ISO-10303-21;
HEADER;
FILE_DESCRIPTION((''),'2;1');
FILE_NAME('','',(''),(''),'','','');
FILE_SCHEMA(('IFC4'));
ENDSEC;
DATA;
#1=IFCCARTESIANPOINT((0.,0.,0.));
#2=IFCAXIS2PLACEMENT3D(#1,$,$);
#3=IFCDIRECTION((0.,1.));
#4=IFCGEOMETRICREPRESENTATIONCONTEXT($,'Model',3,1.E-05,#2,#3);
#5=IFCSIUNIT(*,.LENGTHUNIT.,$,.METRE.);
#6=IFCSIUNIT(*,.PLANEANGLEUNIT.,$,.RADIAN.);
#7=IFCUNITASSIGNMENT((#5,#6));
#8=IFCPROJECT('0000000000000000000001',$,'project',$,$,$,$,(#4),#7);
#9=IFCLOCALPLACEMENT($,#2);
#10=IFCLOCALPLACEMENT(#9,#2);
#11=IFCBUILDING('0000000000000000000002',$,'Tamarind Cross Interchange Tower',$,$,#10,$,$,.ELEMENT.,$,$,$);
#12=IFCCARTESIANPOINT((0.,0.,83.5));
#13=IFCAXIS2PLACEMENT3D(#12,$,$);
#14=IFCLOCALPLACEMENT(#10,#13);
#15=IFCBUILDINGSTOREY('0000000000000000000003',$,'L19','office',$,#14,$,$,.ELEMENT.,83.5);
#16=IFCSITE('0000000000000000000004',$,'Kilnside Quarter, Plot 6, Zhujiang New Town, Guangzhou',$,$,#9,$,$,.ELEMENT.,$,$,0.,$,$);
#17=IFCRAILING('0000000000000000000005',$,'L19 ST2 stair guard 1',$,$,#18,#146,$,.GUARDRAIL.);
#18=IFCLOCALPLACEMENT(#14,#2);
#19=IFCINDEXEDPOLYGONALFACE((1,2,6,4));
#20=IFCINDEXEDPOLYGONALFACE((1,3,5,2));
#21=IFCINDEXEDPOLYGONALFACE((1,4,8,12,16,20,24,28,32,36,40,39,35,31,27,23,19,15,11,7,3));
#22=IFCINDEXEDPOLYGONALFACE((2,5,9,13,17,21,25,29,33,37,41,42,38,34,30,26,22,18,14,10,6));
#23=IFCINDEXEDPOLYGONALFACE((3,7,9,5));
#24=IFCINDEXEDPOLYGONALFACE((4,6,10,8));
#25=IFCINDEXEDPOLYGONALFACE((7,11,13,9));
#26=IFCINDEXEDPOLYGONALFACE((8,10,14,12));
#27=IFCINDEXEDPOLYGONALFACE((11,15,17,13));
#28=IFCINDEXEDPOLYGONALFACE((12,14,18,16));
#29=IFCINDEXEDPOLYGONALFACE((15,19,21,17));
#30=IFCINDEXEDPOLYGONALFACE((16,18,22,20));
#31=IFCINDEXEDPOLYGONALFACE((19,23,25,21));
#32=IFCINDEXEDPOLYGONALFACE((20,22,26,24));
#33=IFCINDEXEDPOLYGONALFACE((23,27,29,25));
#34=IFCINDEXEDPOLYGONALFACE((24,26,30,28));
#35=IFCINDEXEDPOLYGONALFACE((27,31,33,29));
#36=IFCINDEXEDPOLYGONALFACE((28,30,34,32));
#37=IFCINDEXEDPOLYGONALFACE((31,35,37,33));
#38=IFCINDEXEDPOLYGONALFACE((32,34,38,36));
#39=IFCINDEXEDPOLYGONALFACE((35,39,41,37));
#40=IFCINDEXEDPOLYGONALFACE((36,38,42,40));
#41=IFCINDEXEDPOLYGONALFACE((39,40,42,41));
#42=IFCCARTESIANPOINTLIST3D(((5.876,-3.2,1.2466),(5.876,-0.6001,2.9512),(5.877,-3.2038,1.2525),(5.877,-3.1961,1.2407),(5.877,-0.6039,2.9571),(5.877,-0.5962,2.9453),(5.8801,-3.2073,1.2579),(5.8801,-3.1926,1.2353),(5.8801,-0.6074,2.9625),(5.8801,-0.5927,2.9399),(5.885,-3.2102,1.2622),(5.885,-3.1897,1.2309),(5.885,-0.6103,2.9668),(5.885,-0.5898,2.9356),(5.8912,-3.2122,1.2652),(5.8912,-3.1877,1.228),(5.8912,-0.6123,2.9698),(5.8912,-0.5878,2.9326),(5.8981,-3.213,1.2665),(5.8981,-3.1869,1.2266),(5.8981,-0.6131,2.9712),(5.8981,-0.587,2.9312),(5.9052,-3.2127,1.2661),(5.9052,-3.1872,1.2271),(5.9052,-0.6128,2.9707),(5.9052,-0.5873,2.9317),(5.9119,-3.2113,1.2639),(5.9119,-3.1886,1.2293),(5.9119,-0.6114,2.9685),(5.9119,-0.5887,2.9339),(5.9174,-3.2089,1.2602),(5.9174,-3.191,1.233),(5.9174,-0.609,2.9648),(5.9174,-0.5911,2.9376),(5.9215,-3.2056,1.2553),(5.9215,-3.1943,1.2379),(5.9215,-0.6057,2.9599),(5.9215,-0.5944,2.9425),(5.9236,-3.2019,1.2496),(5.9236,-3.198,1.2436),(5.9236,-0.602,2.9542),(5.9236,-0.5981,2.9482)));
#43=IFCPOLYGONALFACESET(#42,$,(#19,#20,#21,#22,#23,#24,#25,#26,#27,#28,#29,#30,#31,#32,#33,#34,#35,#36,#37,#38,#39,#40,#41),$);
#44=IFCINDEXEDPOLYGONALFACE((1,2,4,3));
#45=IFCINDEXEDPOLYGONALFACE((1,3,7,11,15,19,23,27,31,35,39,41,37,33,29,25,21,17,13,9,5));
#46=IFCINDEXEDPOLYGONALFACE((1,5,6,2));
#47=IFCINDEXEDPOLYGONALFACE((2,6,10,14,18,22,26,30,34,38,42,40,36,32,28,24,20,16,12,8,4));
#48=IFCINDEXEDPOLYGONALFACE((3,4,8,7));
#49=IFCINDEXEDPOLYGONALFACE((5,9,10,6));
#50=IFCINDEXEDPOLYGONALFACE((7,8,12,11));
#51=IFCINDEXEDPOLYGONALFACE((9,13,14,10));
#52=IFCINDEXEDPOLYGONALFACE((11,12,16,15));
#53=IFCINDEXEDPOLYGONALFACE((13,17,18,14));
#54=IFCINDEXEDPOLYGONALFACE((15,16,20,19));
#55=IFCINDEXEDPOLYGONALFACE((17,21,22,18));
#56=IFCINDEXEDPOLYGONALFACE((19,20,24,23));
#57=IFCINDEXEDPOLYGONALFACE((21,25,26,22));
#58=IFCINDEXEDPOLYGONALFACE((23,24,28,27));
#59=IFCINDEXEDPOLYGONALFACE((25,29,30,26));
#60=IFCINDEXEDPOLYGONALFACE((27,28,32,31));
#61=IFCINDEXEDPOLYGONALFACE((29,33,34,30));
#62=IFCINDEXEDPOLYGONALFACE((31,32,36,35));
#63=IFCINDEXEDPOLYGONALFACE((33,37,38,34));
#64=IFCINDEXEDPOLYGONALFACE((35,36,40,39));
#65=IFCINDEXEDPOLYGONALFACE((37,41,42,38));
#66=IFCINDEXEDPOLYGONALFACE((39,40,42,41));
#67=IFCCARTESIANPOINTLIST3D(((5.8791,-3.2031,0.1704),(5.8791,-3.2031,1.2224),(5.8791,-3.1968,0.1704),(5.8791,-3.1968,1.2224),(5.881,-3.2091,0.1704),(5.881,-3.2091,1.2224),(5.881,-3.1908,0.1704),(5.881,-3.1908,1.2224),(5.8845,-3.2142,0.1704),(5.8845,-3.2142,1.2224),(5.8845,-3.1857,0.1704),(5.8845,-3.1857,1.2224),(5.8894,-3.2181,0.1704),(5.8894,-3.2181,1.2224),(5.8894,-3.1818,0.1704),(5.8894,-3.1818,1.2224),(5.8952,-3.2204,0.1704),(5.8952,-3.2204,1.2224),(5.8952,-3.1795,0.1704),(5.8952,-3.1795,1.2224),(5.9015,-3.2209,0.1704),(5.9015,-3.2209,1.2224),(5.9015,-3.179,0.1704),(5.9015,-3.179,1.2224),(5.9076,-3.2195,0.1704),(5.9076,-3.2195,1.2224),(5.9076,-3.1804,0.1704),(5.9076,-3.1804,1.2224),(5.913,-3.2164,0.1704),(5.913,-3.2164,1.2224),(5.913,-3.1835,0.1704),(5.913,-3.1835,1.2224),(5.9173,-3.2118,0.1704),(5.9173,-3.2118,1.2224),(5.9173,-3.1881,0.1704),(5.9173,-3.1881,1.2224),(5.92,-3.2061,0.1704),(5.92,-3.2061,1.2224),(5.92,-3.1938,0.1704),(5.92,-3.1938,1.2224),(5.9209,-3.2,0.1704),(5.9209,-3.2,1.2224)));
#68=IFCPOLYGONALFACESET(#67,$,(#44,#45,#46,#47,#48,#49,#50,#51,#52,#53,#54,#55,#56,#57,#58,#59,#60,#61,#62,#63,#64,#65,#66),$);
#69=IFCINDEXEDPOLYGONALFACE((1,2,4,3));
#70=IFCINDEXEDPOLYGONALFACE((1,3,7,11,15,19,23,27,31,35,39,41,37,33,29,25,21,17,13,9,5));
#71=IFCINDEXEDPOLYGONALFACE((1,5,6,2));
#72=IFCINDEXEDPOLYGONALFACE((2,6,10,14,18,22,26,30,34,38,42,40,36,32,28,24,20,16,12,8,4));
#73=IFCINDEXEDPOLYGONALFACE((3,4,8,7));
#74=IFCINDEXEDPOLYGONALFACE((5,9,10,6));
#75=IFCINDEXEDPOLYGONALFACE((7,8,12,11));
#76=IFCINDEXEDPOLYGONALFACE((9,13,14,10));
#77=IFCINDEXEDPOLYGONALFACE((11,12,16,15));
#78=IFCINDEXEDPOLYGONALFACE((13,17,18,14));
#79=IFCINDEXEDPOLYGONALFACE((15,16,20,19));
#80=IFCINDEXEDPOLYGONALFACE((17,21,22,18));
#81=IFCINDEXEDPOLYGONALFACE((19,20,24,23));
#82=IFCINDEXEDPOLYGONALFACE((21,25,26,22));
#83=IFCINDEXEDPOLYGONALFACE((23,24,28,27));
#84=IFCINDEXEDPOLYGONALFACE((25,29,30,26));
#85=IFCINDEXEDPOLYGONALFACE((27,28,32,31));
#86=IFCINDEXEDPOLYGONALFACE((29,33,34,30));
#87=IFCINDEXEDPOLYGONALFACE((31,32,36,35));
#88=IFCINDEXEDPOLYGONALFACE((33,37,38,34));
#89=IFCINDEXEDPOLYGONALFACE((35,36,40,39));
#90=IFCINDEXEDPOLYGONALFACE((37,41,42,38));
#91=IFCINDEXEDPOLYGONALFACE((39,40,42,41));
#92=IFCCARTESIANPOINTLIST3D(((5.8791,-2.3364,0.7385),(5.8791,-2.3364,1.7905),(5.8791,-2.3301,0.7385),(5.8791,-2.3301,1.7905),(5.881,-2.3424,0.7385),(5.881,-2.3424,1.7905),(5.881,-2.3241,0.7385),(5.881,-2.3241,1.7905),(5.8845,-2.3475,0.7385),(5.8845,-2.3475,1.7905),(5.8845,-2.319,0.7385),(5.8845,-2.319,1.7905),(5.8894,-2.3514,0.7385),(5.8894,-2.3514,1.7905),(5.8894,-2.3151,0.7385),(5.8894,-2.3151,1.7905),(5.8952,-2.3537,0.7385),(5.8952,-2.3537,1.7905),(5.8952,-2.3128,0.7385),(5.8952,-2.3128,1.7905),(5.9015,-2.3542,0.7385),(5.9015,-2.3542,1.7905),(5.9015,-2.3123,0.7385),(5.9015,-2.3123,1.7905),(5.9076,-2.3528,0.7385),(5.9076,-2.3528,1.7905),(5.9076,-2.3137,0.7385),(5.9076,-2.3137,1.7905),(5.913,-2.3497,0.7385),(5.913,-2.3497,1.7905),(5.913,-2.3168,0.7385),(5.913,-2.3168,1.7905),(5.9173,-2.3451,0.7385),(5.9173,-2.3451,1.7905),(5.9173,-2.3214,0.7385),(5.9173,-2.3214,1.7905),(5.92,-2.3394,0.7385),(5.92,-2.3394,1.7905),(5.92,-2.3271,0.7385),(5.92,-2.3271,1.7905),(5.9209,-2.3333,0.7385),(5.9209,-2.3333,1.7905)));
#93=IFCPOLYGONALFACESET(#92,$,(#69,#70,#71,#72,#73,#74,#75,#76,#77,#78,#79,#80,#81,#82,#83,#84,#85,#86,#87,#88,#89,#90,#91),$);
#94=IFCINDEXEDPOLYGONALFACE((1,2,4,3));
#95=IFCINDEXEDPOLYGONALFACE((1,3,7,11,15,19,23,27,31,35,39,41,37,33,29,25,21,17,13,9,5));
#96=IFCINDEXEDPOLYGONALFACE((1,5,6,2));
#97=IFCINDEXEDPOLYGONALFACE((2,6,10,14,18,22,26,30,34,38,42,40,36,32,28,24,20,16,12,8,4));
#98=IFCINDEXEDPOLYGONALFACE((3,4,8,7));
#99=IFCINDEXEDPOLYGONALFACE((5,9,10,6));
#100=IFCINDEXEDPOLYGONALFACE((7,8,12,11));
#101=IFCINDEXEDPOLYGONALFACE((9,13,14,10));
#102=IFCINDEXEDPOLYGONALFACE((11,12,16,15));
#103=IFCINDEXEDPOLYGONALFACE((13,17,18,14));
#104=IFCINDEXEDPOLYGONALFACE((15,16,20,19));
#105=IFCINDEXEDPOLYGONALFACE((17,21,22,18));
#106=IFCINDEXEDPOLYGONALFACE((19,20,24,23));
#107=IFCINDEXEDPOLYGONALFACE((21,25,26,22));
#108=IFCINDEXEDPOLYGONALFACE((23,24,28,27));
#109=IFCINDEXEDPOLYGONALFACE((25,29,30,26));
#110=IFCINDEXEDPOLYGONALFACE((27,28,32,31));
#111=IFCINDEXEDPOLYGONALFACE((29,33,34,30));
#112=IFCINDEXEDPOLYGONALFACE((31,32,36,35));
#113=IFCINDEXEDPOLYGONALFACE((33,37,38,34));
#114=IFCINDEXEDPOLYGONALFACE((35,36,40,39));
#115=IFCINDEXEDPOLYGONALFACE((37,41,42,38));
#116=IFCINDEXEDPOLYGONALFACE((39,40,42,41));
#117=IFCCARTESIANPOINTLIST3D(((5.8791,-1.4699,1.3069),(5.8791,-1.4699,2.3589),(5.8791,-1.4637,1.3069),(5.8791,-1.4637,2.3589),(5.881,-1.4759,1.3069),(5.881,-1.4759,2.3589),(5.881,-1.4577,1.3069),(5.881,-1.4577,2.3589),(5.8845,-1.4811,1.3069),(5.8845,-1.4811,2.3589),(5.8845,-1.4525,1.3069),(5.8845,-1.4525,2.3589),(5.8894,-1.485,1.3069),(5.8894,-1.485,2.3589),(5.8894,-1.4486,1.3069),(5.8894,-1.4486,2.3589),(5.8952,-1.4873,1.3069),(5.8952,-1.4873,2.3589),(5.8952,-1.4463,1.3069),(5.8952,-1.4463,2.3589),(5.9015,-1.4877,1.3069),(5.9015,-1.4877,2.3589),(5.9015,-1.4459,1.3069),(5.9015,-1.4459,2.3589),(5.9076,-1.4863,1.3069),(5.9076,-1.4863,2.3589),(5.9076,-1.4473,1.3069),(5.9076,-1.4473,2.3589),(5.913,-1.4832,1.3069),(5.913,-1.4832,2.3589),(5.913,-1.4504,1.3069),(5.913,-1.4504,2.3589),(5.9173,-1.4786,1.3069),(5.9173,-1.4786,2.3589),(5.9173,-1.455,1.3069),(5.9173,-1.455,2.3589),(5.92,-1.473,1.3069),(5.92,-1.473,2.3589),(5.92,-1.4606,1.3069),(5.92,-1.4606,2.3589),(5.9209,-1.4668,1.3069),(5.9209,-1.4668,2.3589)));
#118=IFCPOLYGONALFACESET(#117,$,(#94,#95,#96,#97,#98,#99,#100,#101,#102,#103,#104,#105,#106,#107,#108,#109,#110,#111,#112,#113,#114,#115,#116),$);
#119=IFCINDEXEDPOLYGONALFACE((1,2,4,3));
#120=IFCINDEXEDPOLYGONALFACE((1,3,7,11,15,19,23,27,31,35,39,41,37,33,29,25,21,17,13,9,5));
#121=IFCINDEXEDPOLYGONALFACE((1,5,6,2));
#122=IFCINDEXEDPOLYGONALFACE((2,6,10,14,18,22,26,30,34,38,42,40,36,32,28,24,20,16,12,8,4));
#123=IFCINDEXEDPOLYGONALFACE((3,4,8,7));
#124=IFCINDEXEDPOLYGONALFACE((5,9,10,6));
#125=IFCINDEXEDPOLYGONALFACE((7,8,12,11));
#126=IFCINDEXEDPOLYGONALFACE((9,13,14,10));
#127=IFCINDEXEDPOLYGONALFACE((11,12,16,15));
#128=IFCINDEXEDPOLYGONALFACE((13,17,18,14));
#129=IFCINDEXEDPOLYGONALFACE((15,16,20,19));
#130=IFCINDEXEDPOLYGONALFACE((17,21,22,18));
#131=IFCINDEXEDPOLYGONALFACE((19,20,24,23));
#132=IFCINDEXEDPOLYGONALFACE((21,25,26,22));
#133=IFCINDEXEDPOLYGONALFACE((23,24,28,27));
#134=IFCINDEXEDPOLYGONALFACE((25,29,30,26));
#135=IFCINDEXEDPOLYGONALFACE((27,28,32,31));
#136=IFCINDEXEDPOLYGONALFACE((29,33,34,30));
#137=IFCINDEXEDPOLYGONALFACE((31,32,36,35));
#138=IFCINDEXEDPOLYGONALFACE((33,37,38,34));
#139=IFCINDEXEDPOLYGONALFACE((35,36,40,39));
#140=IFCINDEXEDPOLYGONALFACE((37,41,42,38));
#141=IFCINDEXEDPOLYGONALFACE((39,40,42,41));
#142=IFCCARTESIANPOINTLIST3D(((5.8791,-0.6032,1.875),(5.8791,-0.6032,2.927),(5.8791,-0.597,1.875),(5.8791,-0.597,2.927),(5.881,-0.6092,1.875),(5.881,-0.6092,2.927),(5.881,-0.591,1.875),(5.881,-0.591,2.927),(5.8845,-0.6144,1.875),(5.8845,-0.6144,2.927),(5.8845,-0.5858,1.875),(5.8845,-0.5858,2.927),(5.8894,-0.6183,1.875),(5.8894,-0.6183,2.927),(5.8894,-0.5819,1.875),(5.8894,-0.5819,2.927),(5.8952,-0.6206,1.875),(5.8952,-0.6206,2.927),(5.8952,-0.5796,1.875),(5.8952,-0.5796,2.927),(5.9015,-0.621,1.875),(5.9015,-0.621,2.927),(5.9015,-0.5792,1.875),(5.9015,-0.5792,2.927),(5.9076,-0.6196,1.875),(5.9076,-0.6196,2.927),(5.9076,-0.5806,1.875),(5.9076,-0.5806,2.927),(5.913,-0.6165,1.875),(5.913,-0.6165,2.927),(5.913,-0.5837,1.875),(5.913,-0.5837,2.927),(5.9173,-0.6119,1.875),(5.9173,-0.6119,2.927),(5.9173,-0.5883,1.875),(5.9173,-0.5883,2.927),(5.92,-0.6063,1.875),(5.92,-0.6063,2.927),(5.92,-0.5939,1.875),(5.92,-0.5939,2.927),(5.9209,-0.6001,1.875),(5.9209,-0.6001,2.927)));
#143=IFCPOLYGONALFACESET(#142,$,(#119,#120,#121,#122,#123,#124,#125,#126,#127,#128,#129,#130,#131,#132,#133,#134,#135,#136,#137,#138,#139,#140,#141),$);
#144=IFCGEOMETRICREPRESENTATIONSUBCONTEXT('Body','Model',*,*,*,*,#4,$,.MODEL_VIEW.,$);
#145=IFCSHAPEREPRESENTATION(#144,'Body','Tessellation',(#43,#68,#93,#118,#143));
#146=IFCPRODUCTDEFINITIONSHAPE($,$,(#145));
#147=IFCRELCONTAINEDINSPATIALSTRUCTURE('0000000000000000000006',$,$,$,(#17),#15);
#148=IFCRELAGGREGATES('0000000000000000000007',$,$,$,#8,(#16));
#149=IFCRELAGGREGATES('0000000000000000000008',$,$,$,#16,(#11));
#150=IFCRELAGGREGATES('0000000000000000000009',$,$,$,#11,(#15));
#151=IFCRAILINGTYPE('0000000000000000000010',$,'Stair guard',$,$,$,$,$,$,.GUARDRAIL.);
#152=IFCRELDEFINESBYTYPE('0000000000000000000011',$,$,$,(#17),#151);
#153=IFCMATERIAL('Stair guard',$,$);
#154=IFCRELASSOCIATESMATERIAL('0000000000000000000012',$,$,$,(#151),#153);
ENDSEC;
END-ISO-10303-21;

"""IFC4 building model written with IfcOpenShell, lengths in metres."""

from ifc_helpers import new_model, si_unit, direction, frame, origin, origin_2d, place, context, subcontext, project, spatial, circle, extrude, material, type_object, element, save


model = new_model("IFC4")

# Units and contexts
model_context = context("Model", 3, precision=1e-05, world=origin(), true_north=direction((0.0, 1.0)))
body_context = subcontext(model_context, "Body", "Model", "MODEL_VIEW")
ifc_project = project(units=[si_unit("LENGTHUNIT", "METRE"), si_unit("PLANEANGLEUNIT", "RADIAN")], contexts=[model_context])

# Site, building, storey
site_placement = place(None, origin())
site = spatial("IfcSite", under=ifc_project, at=site_placement, Name="Kilnside Quarter, Plot 6, Zhujiang New Town, Guangzhou", CompositionType="ELEMENT", RefElevation=0.0)
building_placement = place(site_placement, origin())
building = spatial("IfcBuilding", under=site, at=building_placement, Name="Tamarind Cross Interchange Tower", CompositionType="ELEMENT")
storey_placement = place(building_placement, frame((0.0, 0.0, 83.5)))
storey = spatial("IfcBuildingStorey", under=building, at=storey_placement, Name="L19", Description="office", CompositionType="ELEMENT", Elevation=83.5)

# Railing
ifc_material_1 = material(Name="Stair guard")
railing_type_1 = type_object("IfcRailingType", Name="Stair guard", PredefinedType="GUARDRAIL", material=ifc_material_1)
railing_1_placement = place(storey_placement, frame((5.8999, -3.2, 0.1704)))
element("IfcRailing", 1, at=railing_1_placement, inside=storey, type_object=railing_type_1, Name="L19 ST2 stair guard 1", PredefinedType="GUARDRAIL", context=body_context, shape_type="SweptSolid", body=[
    extrude(circle(Radius=0.0239, at=origin_2d()), frame((0.0, 0.0, 1.0762), z_axis=(0.0, 0.836279, 0.548305), x_axis=(-1.0, 0.0, 0.0)), (0.0, 0.0, 1.0), 3.1089),
    extrude(circle(Radius=0.021, at=origin_2d()), origin(), (0.0, 0.0, 1.0), 1.052),
    extrude(circle(Radius=0.021, at=origin_2d()), frame((0.0, 0.8667, 0.5681)), (0.0, 0.0, 1.0), 1.052),
    extrude(circle(Radius=0.021, at=origin_2d()), frame((0.0, 1.7332, 1.1365)), (0.0, 0.0, 1.0), 1.052),
    extrude(circle(Radius=0.021, at=origin_2d()), frame((0.0, 2.5999, 1.7046)), (0.0, 0.0, 1.0), 1.052),
])

save(model, "model.ifc")
